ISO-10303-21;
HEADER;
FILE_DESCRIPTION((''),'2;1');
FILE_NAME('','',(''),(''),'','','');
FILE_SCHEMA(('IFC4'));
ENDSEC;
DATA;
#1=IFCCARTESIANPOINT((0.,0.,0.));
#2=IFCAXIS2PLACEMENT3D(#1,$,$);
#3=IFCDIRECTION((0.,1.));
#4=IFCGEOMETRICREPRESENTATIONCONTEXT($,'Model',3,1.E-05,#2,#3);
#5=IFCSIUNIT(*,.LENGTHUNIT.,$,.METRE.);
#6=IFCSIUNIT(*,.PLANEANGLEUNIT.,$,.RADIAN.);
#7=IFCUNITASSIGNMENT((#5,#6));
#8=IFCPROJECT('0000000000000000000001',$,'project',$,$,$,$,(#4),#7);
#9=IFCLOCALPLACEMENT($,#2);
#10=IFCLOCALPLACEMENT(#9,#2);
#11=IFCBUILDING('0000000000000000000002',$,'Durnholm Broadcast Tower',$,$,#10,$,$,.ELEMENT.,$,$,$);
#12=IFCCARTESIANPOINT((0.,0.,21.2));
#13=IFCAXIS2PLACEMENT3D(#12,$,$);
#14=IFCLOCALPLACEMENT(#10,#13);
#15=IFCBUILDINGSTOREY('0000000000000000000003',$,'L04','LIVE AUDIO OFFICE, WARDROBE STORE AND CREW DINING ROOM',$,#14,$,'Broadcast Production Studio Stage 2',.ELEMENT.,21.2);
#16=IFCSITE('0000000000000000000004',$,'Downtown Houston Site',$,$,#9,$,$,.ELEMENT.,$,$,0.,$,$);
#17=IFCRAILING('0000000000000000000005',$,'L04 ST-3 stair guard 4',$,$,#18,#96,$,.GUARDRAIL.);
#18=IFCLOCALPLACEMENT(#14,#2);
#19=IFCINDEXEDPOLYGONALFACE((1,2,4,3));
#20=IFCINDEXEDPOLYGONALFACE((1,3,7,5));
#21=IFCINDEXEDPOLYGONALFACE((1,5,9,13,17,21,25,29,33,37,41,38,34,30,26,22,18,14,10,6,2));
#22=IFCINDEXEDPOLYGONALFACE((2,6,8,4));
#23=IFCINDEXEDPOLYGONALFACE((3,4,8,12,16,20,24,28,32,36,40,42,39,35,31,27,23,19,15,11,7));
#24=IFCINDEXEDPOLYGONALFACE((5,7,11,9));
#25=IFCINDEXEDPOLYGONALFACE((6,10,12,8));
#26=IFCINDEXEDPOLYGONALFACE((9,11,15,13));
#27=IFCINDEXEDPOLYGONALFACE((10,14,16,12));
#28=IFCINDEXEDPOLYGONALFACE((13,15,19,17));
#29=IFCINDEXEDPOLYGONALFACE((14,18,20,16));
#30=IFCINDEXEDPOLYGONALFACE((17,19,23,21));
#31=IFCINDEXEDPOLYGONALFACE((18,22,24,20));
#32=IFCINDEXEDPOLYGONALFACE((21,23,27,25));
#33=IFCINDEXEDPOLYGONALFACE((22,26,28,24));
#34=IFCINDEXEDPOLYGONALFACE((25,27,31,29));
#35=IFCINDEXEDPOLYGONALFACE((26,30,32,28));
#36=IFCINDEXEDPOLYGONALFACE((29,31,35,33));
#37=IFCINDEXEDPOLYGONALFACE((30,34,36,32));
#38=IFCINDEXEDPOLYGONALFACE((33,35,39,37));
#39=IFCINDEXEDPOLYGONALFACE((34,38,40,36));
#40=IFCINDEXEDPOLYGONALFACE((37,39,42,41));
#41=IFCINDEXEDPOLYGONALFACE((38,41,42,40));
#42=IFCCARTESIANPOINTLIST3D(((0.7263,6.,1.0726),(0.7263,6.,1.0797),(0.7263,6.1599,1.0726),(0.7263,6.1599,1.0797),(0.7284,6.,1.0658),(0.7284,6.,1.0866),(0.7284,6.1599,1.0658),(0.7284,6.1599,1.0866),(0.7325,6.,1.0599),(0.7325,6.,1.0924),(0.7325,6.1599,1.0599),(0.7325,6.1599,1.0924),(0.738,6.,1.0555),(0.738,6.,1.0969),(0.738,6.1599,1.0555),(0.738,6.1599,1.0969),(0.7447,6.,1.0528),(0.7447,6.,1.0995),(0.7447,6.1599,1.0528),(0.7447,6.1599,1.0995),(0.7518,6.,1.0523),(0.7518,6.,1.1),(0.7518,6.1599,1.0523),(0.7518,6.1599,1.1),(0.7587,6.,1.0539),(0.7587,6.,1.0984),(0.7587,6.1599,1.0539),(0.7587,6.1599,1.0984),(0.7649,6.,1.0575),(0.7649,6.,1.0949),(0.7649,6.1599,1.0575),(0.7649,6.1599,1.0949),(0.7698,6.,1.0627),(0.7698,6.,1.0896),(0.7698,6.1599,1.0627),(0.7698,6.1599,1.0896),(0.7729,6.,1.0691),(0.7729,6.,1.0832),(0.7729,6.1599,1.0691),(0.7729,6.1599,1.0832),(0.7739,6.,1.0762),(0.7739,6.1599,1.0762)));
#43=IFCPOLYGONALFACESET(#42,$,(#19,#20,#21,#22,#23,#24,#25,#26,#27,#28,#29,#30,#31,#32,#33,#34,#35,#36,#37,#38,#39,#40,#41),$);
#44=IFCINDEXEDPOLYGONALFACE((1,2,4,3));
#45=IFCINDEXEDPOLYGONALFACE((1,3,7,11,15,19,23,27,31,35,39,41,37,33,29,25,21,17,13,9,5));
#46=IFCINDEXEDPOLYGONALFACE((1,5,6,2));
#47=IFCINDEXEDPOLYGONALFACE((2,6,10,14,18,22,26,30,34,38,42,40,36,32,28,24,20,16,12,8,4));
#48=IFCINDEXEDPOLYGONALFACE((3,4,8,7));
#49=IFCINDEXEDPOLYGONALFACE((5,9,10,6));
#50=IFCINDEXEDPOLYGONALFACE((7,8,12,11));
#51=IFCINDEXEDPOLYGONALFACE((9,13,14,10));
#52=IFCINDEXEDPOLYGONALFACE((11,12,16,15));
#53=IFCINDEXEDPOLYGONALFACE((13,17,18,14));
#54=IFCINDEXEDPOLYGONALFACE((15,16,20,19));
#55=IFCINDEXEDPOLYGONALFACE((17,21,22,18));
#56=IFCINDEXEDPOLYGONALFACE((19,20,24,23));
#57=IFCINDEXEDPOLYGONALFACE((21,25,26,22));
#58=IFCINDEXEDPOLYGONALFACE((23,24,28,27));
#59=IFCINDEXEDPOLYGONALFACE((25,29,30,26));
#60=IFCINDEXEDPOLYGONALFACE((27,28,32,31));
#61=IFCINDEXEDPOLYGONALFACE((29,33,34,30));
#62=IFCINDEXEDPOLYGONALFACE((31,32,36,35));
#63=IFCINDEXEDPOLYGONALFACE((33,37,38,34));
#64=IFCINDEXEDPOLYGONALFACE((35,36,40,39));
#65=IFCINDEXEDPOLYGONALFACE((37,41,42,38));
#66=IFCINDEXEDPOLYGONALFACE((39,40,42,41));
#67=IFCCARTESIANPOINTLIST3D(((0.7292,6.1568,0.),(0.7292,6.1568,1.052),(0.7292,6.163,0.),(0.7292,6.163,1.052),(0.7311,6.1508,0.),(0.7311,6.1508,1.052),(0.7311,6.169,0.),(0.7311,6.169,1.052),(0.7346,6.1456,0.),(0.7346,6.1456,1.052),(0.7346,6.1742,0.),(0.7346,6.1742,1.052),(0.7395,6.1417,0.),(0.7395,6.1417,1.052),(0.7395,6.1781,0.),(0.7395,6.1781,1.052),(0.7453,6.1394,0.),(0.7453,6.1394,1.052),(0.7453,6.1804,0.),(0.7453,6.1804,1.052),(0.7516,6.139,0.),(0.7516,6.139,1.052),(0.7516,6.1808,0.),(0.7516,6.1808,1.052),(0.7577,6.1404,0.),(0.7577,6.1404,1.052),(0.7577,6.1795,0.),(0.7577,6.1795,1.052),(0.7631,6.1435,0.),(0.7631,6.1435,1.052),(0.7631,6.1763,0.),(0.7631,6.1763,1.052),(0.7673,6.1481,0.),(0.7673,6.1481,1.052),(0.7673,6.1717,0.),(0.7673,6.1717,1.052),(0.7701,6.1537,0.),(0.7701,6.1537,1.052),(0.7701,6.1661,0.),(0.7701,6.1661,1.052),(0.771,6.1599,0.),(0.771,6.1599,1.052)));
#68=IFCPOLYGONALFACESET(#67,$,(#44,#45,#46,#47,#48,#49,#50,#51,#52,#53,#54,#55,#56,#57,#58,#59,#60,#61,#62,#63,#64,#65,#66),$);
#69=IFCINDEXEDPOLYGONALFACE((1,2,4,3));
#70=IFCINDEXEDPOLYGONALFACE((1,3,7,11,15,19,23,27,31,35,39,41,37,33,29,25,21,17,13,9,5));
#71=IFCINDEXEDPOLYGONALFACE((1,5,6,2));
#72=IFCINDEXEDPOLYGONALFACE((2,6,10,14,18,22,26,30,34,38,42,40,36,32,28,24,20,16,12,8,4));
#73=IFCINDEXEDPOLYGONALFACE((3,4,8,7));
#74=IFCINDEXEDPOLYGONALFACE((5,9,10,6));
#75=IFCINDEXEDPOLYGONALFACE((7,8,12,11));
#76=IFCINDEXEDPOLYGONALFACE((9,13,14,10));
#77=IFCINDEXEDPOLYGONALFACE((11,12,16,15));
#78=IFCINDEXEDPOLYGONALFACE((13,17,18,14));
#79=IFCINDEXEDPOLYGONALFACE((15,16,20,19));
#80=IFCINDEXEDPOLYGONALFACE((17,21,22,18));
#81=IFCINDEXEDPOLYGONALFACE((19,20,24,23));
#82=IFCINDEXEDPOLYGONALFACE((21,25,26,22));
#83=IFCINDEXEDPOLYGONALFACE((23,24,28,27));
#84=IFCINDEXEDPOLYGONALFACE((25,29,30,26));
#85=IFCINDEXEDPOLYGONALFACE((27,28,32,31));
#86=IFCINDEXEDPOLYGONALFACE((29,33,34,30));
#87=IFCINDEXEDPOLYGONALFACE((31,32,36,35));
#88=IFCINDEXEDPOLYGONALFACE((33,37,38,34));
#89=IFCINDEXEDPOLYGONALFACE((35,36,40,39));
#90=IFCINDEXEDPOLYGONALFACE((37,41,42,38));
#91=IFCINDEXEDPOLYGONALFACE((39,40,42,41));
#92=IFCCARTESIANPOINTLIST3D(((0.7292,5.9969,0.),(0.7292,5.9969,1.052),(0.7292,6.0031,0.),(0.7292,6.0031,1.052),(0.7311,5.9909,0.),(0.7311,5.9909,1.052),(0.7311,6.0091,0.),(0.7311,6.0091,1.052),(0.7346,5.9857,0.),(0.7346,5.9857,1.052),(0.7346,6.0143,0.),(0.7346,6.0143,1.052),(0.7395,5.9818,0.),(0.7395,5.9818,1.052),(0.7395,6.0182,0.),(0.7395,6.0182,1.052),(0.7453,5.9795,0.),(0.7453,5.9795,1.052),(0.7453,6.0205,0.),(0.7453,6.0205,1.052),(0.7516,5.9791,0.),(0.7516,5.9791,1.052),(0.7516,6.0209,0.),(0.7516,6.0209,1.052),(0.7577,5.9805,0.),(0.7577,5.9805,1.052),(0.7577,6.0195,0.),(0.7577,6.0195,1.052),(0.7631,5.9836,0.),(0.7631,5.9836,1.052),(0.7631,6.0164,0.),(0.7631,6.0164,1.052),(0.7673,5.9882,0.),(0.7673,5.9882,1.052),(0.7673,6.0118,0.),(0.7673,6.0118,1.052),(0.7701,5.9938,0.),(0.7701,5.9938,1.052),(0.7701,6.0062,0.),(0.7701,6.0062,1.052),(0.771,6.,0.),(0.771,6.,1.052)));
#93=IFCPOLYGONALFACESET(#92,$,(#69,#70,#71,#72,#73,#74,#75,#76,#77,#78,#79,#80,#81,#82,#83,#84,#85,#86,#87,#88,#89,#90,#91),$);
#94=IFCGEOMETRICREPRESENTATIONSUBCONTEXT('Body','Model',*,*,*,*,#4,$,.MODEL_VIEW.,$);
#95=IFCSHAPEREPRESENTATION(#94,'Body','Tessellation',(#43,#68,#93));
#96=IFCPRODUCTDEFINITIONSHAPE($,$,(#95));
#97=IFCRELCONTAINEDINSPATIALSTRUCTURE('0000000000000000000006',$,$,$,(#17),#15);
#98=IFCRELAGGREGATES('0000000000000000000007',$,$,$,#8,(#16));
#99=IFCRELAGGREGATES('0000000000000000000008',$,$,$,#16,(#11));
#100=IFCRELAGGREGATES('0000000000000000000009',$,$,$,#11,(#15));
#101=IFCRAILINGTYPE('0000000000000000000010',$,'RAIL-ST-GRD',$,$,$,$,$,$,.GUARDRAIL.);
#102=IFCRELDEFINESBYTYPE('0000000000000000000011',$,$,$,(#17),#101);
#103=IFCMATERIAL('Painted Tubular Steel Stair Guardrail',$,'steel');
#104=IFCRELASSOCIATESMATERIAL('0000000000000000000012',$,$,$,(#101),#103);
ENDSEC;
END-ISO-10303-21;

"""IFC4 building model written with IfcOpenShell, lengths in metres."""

from ifc_helpers import new_model, si_unit, direction, frame, origin, origin_2d, place, context, subcontext, project, spatial, circle, extrude, material, type_object, element, save


model = new_model("IFC4")

# Units and contexts
model_context = context("Model", 3, precision=1e-05, world=origin(), true_north=direction((0.0, 1.0)))
body_context = subcontext(model_context, "Body", "Model", "MODEL_VIEW")
ifc_project = project(units=[si_unit("LENGTHUNIT", "METRE"), si_unit("PLANEANGLEUNIT", "RADIAN")], contexts=[model_context])

# Site, building, storey
site_placement = place(None, origin())
site = spatial("IfcSite", under=ifc_project, at=site_placement, Name="Downtown Houston Site", CompositionType="ELEMENT", RefElevation=0.0)
building_placement = place(site_placement, origin())
building = spatial("IfcBuilding", under=site, at=building_placement, Name="Durnholm Broadcast Tower", CompositionType="ELEMENT")
storey_placement = place(building_placement, frame((0.0, 0.0, 21.2)))
storey = spatial("IfcBuildingStorey", under=building, at=storey_placement, Name="L04", Description="LIVE AUDIO OFFICE, WARDROBE STORE AND CREW DINING ROOM", LongName="Broadcast Production Studio Stage 2", CompositionType="ELEMENT", Elevation=21.2)

# Railing
ifc_material_1 = material(Name="Painted Tubular Steel Stair Guardrail", Category="steel")
railing_type_1 = type_object("IfcRailingType", Name="RAIL-ST-GRD", PredefinedType="GUARDRAIL", material=ifc_material_1)
railing_1_placement = place(storey_placement, frame((0.75, 6.1599, 0.0)))
element("IfcRailing", 1, at=railing_1_placement, inside=storey, type_object=railing_type_1, Name="L04 ST-3 stair guard 4", PredefinedType="GUARDRAIL", context=body_context, shape_type="SweptSolid", body=[
    extrude(circle(Radius=0.0239, at=origin_2d()), frame((0.0, 0.0, 1.0762), z_axis=(0.0, -1.0, 0.0), x_axis=(1.0, 0.0, 0.0)), (0.0, 0.0, 1.0), 0.1599),
    extrude(circle(Radius=0.021, at=origin_2d()), origin(), (0.0, 0.0, 1.0), 1.052),
    extrude(circle(Radius=0.021, at=origin_2d()), frame((0.0, -0.1599, 0.0)), (0.0, 0.0, 1.0), 1.052),
])

save(model, "model.ifc")
